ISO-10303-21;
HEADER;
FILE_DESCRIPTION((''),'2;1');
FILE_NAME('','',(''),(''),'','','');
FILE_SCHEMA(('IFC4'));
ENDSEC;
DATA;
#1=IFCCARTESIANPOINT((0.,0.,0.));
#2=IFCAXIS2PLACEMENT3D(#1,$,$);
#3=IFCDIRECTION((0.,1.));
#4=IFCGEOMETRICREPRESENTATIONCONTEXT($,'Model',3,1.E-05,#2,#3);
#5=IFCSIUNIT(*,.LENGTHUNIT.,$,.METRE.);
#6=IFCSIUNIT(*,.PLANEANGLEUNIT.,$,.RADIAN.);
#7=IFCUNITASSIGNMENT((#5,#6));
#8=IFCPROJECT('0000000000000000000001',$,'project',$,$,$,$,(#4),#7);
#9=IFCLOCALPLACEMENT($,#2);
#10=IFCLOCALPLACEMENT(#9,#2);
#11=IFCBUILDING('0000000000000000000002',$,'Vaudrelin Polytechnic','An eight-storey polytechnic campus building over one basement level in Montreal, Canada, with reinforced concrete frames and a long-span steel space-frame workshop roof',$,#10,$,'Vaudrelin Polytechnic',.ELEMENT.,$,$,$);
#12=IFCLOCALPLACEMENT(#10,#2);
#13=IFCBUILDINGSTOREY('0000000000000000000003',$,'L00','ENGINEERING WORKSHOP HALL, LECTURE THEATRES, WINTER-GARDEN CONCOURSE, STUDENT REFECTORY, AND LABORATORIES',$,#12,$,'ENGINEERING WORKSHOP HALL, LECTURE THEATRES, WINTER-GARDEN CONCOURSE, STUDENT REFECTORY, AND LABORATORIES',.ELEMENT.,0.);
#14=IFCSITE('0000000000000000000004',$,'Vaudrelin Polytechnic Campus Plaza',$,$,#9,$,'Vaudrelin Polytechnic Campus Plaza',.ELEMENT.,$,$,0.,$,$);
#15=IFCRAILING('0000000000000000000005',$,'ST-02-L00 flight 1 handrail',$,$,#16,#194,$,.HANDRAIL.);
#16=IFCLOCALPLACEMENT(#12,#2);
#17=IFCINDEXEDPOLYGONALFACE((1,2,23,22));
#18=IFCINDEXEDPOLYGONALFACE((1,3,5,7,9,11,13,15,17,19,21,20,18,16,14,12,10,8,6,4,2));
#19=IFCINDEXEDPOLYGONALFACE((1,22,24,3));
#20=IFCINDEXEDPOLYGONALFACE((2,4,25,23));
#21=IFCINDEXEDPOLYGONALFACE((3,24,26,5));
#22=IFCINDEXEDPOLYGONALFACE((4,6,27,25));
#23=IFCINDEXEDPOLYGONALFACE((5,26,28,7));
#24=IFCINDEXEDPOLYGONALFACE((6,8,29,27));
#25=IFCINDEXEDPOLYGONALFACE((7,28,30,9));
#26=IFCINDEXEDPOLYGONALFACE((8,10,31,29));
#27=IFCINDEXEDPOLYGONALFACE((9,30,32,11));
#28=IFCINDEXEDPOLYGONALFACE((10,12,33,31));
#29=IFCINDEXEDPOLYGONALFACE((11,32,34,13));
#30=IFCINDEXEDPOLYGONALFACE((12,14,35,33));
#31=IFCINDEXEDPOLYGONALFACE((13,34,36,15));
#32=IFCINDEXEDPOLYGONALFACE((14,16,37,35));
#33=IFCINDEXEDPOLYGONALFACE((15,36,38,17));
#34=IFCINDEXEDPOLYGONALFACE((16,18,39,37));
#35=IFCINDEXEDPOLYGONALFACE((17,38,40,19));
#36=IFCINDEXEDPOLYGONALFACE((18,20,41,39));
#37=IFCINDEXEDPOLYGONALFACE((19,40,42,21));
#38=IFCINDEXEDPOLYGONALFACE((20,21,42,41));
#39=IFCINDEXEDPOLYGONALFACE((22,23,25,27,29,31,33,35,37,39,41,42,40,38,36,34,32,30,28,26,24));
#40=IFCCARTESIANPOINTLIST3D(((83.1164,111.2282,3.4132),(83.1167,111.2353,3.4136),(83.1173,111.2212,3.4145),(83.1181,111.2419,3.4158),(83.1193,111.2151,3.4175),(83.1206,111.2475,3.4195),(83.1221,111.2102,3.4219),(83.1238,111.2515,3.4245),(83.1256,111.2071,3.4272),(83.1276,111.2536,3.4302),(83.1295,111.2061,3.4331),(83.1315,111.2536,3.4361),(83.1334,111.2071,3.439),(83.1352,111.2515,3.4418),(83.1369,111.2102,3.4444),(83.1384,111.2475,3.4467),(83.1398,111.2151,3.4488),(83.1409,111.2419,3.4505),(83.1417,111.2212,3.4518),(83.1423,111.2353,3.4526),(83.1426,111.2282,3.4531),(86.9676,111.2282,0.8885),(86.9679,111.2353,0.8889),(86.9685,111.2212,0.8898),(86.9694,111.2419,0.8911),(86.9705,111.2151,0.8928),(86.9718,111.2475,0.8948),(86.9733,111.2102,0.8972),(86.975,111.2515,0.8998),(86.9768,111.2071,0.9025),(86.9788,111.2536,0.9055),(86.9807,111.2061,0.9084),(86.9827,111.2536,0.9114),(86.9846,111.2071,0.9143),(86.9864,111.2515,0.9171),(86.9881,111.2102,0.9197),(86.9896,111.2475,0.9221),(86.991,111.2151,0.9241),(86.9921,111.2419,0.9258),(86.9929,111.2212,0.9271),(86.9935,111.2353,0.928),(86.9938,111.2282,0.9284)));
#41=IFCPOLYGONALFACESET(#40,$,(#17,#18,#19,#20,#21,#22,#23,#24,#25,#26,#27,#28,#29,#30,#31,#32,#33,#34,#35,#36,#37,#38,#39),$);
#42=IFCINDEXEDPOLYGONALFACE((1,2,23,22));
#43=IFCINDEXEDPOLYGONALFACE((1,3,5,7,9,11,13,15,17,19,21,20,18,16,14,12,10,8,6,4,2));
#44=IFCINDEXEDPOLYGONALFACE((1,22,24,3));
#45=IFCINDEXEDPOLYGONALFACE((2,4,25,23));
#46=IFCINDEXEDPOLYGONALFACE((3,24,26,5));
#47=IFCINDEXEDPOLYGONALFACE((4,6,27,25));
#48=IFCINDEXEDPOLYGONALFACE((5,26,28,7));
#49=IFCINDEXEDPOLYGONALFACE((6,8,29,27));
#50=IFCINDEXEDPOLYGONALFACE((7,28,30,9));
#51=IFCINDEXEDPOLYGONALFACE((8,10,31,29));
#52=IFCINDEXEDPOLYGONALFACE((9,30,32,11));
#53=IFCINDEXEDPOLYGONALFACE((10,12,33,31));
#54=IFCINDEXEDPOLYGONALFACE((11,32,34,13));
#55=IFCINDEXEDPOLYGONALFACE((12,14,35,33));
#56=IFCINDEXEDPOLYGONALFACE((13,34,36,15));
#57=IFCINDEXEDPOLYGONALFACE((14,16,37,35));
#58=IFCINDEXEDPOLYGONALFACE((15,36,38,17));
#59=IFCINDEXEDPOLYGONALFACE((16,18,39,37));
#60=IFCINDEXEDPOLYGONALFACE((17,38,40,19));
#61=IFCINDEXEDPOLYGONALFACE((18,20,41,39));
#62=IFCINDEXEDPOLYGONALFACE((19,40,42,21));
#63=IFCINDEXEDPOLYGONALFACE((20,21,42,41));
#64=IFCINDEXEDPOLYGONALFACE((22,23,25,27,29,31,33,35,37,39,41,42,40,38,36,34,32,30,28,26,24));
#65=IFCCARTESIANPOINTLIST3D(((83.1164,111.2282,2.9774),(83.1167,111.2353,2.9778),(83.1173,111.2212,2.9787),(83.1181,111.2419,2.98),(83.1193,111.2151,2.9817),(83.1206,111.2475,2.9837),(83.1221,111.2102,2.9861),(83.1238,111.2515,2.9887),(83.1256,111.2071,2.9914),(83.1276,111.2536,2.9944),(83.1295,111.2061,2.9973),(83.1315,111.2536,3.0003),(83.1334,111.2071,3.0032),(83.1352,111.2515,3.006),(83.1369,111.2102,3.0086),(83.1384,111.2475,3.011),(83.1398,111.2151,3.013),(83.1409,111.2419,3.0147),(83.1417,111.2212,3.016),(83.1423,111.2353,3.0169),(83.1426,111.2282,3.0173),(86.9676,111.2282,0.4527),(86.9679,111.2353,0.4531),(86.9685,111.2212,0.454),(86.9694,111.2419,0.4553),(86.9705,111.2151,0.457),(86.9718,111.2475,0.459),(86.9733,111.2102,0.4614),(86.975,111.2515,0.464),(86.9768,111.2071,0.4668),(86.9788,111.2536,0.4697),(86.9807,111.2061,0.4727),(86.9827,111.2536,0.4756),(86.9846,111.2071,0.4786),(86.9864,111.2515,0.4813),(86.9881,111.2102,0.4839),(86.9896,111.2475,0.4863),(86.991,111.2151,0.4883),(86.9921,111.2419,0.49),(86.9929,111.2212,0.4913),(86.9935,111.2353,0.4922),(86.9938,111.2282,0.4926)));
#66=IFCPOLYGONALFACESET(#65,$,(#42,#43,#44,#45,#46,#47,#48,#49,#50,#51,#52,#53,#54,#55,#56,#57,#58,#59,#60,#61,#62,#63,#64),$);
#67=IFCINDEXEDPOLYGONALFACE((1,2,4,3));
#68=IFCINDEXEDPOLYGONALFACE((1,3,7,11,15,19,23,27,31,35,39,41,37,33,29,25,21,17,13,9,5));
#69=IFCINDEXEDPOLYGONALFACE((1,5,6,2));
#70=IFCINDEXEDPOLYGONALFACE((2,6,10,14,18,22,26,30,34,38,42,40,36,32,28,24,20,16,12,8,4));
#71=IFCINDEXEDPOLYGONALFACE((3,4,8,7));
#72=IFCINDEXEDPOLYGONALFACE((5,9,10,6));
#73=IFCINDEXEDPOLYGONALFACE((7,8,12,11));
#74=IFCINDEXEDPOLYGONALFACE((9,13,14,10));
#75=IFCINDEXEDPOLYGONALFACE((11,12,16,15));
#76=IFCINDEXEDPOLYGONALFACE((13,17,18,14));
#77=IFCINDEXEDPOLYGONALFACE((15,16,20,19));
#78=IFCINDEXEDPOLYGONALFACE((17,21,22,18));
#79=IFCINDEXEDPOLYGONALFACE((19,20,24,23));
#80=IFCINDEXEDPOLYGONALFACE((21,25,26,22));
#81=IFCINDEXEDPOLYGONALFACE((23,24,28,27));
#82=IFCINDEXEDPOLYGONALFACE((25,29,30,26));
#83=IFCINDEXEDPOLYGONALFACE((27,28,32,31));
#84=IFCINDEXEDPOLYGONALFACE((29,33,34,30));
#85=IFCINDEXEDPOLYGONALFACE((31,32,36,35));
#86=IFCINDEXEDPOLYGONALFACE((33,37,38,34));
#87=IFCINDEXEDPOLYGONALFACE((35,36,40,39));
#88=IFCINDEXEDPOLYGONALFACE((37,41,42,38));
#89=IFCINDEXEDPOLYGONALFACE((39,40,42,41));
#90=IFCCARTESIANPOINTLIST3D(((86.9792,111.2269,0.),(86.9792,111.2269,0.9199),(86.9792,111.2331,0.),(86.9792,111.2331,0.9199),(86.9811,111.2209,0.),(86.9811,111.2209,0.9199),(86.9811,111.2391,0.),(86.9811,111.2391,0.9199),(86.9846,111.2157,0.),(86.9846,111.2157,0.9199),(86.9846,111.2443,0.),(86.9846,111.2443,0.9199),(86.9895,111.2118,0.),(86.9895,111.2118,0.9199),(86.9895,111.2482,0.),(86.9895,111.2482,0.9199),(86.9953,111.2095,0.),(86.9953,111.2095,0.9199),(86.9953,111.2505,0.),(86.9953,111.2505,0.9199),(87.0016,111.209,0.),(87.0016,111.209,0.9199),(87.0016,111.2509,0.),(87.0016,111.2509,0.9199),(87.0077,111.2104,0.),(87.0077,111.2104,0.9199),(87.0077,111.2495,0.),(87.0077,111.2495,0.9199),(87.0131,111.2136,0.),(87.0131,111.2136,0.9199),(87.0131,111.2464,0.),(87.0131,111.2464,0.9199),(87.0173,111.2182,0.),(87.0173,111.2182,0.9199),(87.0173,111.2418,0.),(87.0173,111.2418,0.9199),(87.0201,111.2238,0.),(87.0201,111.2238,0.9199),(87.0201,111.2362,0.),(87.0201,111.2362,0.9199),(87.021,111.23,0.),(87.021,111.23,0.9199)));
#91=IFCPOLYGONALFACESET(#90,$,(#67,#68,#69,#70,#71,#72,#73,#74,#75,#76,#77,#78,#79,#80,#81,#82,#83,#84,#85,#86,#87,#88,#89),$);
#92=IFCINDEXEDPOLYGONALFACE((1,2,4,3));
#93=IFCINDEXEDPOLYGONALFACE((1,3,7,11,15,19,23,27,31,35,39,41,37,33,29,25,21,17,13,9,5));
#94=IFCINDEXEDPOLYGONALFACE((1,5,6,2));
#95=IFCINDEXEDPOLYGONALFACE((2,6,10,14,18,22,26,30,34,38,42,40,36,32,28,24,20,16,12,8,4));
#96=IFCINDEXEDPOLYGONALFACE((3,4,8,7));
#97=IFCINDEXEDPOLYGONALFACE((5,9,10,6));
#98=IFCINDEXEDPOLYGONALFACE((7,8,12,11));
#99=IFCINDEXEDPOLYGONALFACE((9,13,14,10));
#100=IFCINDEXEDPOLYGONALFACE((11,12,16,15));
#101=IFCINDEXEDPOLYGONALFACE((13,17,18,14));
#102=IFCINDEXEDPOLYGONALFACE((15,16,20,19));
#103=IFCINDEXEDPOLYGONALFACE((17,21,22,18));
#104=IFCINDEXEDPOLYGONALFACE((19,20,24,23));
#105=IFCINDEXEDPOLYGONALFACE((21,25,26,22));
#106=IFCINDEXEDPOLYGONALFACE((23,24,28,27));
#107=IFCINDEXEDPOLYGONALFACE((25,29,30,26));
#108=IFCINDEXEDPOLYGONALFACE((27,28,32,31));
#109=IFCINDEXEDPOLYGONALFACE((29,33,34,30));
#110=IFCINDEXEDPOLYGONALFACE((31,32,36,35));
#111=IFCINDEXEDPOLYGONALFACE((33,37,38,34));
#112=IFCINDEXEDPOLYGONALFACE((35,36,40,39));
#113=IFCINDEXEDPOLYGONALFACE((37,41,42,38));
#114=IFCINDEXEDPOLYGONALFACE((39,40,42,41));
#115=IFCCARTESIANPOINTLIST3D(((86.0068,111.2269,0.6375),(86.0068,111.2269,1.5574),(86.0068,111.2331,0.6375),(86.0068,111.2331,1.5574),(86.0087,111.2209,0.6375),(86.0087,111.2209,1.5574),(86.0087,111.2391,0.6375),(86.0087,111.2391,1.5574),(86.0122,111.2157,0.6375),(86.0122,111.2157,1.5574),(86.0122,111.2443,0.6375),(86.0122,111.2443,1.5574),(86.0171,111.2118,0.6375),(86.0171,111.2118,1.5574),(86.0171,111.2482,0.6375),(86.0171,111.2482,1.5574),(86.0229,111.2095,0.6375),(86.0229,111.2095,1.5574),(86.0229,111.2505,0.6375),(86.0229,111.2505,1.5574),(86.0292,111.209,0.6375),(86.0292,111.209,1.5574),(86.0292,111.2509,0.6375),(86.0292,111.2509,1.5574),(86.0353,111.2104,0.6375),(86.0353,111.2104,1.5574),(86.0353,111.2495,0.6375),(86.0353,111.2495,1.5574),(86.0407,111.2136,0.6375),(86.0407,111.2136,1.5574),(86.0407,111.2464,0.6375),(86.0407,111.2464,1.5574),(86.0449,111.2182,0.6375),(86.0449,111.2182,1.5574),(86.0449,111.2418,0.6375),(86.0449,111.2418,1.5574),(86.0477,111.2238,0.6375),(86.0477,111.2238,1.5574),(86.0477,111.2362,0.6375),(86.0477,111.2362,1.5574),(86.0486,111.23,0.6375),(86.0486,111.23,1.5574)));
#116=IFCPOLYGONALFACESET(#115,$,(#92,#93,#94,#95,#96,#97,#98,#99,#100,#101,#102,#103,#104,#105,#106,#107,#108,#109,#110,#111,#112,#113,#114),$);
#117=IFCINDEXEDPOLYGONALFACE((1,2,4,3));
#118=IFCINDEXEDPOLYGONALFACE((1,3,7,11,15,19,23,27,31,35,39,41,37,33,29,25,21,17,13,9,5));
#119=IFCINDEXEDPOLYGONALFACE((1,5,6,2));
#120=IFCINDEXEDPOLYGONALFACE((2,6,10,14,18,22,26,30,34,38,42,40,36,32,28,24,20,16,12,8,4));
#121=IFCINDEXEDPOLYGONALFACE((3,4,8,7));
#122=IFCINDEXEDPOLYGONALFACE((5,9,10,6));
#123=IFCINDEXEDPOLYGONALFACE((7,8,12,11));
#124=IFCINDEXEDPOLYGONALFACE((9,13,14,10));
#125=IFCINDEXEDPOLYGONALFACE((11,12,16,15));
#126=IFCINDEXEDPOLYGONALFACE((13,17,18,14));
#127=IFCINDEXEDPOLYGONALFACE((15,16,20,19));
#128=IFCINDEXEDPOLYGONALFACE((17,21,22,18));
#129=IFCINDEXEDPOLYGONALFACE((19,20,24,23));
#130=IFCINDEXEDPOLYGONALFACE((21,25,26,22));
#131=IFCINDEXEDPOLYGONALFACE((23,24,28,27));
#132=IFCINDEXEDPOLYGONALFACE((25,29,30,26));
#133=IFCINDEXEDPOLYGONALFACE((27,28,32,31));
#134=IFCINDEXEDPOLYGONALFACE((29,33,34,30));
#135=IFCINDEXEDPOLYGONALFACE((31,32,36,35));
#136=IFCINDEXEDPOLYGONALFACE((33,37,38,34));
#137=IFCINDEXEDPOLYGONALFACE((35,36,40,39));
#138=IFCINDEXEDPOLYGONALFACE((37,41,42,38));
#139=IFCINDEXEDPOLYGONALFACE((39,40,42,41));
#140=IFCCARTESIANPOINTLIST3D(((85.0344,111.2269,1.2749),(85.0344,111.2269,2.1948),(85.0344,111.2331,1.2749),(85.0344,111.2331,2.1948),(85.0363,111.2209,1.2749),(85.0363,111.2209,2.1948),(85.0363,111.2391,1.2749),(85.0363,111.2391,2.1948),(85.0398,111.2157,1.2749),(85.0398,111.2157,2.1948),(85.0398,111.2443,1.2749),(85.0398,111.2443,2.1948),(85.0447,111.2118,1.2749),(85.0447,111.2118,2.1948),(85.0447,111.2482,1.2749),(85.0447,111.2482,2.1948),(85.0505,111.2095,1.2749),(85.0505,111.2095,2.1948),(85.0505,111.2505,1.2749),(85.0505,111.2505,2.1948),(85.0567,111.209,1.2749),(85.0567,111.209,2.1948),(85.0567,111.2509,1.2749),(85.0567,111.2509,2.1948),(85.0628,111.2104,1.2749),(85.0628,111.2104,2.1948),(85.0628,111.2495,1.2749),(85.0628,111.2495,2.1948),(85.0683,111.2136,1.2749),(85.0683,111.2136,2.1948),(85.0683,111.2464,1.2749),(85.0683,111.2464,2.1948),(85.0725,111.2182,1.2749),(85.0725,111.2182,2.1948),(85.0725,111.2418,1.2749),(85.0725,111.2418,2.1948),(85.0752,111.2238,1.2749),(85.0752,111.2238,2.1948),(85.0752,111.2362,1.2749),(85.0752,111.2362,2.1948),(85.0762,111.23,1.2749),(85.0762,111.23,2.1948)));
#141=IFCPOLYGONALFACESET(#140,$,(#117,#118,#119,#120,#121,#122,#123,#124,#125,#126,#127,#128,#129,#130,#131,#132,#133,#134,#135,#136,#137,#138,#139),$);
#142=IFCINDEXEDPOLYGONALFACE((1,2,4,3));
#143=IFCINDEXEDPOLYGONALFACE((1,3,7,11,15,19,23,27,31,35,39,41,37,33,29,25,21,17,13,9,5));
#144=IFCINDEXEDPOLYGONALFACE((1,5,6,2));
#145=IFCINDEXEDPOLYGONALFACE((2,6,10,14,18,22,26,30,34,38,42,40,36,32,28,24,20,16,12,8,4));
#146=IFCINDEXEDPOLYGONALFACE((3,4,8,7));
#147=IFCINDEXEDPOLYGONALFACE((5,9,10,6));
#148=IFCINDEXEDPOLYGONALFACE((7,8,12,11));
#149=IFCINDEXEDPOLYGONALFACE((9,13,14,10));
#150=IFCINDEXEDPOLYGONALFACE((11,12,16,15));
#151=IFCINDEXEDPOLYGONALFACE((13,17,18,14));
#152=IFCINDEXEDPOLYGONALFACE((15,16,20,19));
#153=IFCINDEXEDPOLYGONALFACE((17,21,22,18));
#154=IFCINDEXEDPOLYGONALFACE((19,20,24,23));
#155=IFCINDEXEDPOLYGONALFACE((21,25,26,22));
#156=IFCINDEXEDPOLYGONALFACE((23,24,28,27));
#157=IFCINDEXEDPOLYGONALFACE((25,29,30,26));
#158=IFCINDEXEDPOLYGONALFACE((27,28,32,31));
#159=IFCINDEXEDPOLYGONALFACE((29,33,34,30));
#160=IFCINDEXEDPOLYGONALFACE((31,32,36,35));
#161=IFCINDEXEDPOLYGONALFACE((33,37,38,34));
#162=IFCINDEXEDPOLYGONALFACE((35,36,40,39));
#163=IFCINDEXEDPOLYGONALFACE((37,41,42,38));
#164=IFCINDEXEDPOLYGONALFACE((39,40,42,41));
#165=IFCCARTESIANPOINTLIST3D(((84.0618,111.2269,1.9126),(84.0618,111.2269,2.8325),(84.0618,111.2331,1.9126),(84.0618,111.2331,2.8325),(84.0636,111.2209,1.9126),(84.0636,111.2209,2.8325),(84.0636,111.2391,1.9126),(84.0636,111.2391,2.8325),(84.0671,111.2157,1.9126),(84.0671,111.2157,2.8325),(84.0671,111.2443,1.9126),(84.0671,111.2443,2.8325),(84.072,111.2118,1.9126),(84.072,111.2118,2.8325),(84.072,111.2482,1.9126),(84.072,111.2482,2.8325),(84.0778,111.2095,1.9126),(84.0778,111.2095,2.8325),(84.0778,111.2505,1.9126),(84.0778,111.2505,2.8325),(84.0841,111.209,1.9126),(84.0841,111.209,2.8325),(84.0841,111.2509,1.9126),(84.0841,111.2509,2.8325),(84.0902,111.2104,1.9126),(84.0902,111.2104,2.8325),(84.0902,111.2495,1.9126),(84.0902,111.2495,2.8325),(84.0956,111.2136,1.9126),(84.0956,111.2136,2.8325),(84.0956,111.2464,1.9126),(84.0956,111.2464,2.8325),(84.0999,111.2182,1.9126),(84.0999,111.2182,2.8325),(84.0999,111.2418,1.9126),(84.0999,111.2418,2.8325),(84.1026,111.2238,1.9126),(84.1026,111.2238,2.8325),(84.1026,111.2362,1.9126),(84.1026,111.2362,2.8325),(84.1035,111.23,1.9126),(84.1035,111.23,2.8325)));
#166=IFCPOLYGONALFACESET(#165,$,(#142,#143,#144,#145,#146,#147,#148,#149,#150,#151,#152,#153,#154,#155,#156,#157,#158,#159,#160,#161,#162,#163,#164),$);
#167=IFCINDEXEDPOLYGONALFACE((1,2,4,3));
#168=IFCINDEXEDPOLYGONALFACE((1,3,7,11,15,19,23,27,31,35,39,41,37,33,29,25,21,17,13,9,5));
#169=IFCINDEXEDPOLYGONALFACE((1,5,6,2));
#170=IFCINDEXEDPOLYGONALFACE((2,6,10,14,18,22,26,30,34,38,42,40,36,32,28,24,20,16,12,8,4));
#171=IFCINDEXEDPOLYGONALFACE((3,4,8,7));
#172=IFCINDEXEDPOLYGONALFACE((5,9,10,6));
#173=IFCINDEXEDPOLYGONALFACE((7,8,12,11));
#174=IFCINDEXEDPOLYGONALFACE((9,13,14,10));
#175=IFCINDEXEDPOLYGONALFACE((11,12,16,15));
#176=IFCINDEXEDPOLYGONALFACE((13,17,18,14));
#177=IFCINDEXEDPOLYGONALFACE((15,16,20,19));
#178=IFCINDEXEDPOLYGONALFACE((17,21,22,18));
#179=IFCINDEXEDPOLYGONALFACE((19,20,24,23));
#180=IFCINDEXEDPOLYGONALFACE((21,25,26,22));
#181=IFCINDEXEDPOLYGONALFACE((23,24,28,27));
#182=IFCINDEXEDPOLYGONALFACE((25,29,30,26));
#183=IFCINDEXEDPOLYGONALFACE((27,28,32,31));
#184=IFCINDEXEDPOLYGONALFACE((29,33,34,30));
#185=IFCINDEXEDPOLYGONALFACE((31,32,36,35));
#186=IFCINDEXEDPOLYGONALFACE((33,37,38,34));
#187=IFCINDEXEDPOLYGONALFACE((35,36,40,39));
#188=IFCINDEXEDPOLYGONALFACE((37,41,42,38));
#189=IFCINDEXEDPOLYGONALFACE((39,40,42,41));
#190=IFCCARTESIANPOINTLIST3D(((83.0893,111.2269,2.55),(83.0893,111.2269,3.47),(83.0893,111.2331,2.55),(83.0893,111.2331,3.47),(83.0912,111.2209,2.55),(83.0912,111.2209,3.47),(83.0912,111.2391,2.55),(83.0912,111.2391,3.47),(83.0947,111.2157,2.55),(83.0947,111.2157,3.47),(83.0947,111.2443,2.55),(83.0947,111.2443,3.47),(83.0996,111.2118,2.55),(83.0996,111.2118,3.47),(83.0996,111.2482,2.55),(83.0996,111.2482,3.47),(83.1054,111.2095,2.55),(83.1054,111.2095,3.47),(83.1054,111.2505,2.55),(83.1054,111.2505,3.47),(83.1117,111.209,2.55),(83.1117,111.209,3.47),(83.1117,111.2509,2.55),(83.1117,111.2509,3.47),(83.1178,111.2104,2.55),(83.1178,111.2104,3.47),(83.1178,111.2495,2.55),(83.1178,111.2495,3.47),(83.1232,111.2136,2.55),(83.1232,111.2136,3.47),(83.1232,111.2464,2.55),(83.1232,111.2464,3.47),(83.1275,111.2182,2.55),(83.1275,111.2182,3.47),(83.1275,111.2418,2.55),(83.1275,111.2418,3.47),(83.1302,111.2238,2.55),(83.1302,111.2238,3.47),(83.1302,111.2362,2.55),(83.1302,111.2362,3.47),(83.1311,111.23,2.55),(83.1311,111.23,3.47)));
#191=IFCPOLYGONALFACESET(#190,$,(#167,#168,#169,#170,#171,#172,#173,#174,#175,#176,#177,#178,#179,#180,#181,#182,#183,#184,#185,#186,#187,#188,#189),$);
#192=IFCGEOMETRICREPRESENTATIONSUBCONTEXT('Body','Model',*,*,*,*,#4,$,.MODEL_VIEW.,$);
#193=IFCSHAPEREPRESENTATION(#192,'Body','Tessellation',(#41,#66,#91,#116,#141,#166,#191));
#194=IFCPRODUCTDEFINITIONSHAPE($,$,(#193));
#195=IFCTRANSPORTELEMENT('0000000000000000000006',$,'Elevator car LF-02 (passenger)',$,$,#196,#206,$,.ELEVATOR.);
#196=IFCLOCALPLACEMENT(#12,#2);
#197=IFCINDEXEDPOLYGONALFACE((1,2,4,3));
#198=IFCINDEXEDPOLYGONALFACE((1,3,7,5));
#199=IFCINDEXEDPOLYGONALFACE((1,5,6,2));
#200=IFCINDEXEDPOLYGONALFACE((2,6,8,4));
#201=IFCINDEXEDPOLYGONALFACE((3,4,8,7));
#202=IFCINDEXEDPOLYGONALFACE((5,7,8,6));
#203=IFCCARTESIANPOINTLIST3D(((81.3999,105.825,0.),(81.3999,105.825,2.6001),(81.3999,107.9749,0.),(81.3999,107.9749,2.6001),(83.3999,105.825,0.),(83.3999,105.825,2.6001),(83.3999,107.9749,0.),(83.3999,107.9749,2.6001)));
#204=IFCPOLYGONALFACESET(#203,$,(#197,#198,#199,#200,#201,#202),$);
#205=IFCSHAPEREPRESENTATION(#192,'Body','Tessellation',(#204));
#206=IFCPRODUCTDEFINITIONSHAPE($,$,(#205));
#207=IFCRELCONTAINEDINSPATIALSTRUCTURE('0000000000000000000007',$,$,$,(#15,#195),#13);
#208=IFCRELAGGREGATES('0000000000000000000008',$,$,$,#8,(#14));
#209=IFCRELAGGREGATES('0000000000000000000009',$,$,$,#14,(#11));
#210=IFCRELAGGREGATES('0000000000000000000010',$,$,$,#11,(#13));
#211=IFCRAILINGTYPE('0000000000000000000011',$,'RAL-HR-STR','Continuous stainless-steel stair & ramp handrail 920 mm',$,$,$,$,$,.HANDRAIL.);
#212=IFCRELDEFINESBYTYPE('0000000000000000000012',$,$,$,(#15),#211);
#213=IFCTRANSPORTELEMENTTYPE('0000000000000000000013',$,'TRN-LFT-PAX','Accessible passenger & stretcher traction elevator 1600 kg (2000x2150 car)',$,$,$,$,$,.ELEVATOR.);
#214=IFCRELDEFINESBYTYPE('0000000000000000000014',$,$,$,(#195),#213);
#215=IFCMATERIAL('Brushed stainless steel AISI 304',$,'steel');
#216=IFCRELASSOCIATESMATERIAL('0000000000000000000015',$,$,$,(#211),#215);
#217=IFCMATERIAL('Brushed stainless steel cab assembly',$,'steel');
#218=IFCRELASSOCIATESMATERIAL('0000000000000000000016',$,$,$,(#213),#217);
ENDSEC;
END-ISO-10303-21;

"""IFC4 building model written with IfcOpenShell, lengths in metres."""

from ifc_helpers import new_model, si_unit, direction, frame, origin, origin_2d, place, context, subcontext, project, spatial, rectangle, circle, extrude, material, type_object, element, save


model = new_model("IFC4")

# Units and contexts
model_context = context("Model", 3, precision=1e-05, world=origin(), true_north=direction((0.0, 1.0)))
body_context = subcontext(model_context, "Body", "Model", "MODEL_VIEW")
ifc_project = project(units=[si_unit("LENGTHUNIT", "METRE"), si_unit("PLANEANGLEUNIT", "RADIAN")], contexts=[model_context])

# Site, building, storey
site_placement = place(None, origin())
site = spatial("IfcSite", under=ifc_project, at=site_placement, Name="Vaudrelin Polytechnic Campus Plaza", LongName="Vaudrelin Polytechnic Campus Plaza", CompositionType="ELEMENT", RefElevation=0.0)
building_placement = place(site_placement, origin())
building = spatial("IfcBuilding", under=site, at=building_placement, Name="Vaudrelin Polytechnic", Description="An eight-storey polytechnic campus building over one basement level in Montreal, Canada, with reinforced concrete frames and a long-span steel space-frame workshop roof", LongName="Vaudrelin Polytechnic", CompositionType="ELEMENT")
storey_placement = place(building_placement, origin())
storey = spatial("IfcBuildingStorey", under=building, at=storey_placement, Name="L00", Description="ENGINEERING WORKSHOP HALL, LECTURE THEATRES, WINTER-GARDEN CONCOURSE, STUDENT REFECTORY, AND LABORATORIES", LongName="ENGINEERING WORKSHOP HALL, LECTURE THEATRES, WINTER-GARDEN CONCOURSE, STUDENT REFECTORY, AND LABORATORIES", CompositionType="ELEMENT", Elevation=0.0)

# Shared definitions
ifc_material_1 = material(Name="Brushed stainless steel AISI 304", Category="steel")

# Railing
railing_type_1 = type_object("IfcRailingType", Name="RAL-HR-STR", Description="Continuous stainless-steel stair & ramp handrail 920 mm", PredefinedType="HANDRAIL", material=ifc_material_1)
railing_1_placement = place(storey_placement, frame((87.0, 111.23, 0.0)))
element("IfcRailing", 1, at=railing_1_placement, inside=storey, type_object=railing_type_1, Name="ST-02-L00 flight 1 handrail", PredefinedType="HANDRAIL", context=body_context, shape_type="SweptSolid", body=[
    extrude(circle(Radius=0.0239, at=origin_2d()), frame((-0.0193, 0.0, 0.9084), z_axis=(-0.836313, 0.0, 0.548252), x_axis=(0.0, -1.0, 0.0)), (0.0, 0.0, 1.0), 4.605),
    extrude(circle(Radius=0.0239, at=origin_2d()), frame((-0.0193, 0.0, 0.4727), z_axis=(-0.836313, 0.0, 0.548252), x_axis=(0.0, -1.0, 0.0)), (0.0, 0.0, 1.0), 4.605),
    extrude(circle(Radius=0.021, at=origin_2d()), origin(), (0.0, 0.0, 1.0), 0.9199),
    extrude(circle(Radius=0.021, at=origin_2d()), frame((-0.9724, 0.0, 0.6375)), (0.0, 0.0, 1.0), 0.9199),
    extrude(circle(Radius=0.021, at=origin_2d()), frame((-1.9448, 0.0, 1.2749)), (0.0, 0.0, 1.0), 0.9199),
    extrude(circle(Radius=0.021, at=origin_2d()), frame((-2.9175, 0.0, 1.9126)), (0.0, 0.0, 1.0), 0.9199),
    extrude(circle(Radius=0.021, at=origin_2d()), frame((-3.8899, 0.0, 2.55)), (0.0, 0.0, 1.0), 0.9199),
])

# Transport element
ifc_material_2 = material(Name="Brushed stainless steel cab assembly", Category="steel")
transport_element_type = type_object("IfcTransportElementType", Name="TRN-LFT-PAX", Description="Accessible passenger & stretcher traction elevator 1600 kg (2000x2150 car)", PredefinedType="ELEVATOR", material=ifc_material_2)
transport_element_placement = place(storey_placement, frame((82.3999, 106.8999, 0.0), z_axis=(0.0, 0.0, 1.0), x_axis=(1.0, 0.0, 0.0)))
element("IfcTransportElement", 2, at=transport_element_placement, inside=storey, type_object=transport_element_type, Name="Elevator car LF-02 (passenger)", PredefinedType="ELEVATOR", context=body_context, shape_type="SweptSolid", body=[
    extrude(rectangle(XDim=2.0, YDim=2.1499, at=origin_2d()), origin(), (0.0, 0.0, 1.0), 2.6001),
])

save(model, "model.ifc")
